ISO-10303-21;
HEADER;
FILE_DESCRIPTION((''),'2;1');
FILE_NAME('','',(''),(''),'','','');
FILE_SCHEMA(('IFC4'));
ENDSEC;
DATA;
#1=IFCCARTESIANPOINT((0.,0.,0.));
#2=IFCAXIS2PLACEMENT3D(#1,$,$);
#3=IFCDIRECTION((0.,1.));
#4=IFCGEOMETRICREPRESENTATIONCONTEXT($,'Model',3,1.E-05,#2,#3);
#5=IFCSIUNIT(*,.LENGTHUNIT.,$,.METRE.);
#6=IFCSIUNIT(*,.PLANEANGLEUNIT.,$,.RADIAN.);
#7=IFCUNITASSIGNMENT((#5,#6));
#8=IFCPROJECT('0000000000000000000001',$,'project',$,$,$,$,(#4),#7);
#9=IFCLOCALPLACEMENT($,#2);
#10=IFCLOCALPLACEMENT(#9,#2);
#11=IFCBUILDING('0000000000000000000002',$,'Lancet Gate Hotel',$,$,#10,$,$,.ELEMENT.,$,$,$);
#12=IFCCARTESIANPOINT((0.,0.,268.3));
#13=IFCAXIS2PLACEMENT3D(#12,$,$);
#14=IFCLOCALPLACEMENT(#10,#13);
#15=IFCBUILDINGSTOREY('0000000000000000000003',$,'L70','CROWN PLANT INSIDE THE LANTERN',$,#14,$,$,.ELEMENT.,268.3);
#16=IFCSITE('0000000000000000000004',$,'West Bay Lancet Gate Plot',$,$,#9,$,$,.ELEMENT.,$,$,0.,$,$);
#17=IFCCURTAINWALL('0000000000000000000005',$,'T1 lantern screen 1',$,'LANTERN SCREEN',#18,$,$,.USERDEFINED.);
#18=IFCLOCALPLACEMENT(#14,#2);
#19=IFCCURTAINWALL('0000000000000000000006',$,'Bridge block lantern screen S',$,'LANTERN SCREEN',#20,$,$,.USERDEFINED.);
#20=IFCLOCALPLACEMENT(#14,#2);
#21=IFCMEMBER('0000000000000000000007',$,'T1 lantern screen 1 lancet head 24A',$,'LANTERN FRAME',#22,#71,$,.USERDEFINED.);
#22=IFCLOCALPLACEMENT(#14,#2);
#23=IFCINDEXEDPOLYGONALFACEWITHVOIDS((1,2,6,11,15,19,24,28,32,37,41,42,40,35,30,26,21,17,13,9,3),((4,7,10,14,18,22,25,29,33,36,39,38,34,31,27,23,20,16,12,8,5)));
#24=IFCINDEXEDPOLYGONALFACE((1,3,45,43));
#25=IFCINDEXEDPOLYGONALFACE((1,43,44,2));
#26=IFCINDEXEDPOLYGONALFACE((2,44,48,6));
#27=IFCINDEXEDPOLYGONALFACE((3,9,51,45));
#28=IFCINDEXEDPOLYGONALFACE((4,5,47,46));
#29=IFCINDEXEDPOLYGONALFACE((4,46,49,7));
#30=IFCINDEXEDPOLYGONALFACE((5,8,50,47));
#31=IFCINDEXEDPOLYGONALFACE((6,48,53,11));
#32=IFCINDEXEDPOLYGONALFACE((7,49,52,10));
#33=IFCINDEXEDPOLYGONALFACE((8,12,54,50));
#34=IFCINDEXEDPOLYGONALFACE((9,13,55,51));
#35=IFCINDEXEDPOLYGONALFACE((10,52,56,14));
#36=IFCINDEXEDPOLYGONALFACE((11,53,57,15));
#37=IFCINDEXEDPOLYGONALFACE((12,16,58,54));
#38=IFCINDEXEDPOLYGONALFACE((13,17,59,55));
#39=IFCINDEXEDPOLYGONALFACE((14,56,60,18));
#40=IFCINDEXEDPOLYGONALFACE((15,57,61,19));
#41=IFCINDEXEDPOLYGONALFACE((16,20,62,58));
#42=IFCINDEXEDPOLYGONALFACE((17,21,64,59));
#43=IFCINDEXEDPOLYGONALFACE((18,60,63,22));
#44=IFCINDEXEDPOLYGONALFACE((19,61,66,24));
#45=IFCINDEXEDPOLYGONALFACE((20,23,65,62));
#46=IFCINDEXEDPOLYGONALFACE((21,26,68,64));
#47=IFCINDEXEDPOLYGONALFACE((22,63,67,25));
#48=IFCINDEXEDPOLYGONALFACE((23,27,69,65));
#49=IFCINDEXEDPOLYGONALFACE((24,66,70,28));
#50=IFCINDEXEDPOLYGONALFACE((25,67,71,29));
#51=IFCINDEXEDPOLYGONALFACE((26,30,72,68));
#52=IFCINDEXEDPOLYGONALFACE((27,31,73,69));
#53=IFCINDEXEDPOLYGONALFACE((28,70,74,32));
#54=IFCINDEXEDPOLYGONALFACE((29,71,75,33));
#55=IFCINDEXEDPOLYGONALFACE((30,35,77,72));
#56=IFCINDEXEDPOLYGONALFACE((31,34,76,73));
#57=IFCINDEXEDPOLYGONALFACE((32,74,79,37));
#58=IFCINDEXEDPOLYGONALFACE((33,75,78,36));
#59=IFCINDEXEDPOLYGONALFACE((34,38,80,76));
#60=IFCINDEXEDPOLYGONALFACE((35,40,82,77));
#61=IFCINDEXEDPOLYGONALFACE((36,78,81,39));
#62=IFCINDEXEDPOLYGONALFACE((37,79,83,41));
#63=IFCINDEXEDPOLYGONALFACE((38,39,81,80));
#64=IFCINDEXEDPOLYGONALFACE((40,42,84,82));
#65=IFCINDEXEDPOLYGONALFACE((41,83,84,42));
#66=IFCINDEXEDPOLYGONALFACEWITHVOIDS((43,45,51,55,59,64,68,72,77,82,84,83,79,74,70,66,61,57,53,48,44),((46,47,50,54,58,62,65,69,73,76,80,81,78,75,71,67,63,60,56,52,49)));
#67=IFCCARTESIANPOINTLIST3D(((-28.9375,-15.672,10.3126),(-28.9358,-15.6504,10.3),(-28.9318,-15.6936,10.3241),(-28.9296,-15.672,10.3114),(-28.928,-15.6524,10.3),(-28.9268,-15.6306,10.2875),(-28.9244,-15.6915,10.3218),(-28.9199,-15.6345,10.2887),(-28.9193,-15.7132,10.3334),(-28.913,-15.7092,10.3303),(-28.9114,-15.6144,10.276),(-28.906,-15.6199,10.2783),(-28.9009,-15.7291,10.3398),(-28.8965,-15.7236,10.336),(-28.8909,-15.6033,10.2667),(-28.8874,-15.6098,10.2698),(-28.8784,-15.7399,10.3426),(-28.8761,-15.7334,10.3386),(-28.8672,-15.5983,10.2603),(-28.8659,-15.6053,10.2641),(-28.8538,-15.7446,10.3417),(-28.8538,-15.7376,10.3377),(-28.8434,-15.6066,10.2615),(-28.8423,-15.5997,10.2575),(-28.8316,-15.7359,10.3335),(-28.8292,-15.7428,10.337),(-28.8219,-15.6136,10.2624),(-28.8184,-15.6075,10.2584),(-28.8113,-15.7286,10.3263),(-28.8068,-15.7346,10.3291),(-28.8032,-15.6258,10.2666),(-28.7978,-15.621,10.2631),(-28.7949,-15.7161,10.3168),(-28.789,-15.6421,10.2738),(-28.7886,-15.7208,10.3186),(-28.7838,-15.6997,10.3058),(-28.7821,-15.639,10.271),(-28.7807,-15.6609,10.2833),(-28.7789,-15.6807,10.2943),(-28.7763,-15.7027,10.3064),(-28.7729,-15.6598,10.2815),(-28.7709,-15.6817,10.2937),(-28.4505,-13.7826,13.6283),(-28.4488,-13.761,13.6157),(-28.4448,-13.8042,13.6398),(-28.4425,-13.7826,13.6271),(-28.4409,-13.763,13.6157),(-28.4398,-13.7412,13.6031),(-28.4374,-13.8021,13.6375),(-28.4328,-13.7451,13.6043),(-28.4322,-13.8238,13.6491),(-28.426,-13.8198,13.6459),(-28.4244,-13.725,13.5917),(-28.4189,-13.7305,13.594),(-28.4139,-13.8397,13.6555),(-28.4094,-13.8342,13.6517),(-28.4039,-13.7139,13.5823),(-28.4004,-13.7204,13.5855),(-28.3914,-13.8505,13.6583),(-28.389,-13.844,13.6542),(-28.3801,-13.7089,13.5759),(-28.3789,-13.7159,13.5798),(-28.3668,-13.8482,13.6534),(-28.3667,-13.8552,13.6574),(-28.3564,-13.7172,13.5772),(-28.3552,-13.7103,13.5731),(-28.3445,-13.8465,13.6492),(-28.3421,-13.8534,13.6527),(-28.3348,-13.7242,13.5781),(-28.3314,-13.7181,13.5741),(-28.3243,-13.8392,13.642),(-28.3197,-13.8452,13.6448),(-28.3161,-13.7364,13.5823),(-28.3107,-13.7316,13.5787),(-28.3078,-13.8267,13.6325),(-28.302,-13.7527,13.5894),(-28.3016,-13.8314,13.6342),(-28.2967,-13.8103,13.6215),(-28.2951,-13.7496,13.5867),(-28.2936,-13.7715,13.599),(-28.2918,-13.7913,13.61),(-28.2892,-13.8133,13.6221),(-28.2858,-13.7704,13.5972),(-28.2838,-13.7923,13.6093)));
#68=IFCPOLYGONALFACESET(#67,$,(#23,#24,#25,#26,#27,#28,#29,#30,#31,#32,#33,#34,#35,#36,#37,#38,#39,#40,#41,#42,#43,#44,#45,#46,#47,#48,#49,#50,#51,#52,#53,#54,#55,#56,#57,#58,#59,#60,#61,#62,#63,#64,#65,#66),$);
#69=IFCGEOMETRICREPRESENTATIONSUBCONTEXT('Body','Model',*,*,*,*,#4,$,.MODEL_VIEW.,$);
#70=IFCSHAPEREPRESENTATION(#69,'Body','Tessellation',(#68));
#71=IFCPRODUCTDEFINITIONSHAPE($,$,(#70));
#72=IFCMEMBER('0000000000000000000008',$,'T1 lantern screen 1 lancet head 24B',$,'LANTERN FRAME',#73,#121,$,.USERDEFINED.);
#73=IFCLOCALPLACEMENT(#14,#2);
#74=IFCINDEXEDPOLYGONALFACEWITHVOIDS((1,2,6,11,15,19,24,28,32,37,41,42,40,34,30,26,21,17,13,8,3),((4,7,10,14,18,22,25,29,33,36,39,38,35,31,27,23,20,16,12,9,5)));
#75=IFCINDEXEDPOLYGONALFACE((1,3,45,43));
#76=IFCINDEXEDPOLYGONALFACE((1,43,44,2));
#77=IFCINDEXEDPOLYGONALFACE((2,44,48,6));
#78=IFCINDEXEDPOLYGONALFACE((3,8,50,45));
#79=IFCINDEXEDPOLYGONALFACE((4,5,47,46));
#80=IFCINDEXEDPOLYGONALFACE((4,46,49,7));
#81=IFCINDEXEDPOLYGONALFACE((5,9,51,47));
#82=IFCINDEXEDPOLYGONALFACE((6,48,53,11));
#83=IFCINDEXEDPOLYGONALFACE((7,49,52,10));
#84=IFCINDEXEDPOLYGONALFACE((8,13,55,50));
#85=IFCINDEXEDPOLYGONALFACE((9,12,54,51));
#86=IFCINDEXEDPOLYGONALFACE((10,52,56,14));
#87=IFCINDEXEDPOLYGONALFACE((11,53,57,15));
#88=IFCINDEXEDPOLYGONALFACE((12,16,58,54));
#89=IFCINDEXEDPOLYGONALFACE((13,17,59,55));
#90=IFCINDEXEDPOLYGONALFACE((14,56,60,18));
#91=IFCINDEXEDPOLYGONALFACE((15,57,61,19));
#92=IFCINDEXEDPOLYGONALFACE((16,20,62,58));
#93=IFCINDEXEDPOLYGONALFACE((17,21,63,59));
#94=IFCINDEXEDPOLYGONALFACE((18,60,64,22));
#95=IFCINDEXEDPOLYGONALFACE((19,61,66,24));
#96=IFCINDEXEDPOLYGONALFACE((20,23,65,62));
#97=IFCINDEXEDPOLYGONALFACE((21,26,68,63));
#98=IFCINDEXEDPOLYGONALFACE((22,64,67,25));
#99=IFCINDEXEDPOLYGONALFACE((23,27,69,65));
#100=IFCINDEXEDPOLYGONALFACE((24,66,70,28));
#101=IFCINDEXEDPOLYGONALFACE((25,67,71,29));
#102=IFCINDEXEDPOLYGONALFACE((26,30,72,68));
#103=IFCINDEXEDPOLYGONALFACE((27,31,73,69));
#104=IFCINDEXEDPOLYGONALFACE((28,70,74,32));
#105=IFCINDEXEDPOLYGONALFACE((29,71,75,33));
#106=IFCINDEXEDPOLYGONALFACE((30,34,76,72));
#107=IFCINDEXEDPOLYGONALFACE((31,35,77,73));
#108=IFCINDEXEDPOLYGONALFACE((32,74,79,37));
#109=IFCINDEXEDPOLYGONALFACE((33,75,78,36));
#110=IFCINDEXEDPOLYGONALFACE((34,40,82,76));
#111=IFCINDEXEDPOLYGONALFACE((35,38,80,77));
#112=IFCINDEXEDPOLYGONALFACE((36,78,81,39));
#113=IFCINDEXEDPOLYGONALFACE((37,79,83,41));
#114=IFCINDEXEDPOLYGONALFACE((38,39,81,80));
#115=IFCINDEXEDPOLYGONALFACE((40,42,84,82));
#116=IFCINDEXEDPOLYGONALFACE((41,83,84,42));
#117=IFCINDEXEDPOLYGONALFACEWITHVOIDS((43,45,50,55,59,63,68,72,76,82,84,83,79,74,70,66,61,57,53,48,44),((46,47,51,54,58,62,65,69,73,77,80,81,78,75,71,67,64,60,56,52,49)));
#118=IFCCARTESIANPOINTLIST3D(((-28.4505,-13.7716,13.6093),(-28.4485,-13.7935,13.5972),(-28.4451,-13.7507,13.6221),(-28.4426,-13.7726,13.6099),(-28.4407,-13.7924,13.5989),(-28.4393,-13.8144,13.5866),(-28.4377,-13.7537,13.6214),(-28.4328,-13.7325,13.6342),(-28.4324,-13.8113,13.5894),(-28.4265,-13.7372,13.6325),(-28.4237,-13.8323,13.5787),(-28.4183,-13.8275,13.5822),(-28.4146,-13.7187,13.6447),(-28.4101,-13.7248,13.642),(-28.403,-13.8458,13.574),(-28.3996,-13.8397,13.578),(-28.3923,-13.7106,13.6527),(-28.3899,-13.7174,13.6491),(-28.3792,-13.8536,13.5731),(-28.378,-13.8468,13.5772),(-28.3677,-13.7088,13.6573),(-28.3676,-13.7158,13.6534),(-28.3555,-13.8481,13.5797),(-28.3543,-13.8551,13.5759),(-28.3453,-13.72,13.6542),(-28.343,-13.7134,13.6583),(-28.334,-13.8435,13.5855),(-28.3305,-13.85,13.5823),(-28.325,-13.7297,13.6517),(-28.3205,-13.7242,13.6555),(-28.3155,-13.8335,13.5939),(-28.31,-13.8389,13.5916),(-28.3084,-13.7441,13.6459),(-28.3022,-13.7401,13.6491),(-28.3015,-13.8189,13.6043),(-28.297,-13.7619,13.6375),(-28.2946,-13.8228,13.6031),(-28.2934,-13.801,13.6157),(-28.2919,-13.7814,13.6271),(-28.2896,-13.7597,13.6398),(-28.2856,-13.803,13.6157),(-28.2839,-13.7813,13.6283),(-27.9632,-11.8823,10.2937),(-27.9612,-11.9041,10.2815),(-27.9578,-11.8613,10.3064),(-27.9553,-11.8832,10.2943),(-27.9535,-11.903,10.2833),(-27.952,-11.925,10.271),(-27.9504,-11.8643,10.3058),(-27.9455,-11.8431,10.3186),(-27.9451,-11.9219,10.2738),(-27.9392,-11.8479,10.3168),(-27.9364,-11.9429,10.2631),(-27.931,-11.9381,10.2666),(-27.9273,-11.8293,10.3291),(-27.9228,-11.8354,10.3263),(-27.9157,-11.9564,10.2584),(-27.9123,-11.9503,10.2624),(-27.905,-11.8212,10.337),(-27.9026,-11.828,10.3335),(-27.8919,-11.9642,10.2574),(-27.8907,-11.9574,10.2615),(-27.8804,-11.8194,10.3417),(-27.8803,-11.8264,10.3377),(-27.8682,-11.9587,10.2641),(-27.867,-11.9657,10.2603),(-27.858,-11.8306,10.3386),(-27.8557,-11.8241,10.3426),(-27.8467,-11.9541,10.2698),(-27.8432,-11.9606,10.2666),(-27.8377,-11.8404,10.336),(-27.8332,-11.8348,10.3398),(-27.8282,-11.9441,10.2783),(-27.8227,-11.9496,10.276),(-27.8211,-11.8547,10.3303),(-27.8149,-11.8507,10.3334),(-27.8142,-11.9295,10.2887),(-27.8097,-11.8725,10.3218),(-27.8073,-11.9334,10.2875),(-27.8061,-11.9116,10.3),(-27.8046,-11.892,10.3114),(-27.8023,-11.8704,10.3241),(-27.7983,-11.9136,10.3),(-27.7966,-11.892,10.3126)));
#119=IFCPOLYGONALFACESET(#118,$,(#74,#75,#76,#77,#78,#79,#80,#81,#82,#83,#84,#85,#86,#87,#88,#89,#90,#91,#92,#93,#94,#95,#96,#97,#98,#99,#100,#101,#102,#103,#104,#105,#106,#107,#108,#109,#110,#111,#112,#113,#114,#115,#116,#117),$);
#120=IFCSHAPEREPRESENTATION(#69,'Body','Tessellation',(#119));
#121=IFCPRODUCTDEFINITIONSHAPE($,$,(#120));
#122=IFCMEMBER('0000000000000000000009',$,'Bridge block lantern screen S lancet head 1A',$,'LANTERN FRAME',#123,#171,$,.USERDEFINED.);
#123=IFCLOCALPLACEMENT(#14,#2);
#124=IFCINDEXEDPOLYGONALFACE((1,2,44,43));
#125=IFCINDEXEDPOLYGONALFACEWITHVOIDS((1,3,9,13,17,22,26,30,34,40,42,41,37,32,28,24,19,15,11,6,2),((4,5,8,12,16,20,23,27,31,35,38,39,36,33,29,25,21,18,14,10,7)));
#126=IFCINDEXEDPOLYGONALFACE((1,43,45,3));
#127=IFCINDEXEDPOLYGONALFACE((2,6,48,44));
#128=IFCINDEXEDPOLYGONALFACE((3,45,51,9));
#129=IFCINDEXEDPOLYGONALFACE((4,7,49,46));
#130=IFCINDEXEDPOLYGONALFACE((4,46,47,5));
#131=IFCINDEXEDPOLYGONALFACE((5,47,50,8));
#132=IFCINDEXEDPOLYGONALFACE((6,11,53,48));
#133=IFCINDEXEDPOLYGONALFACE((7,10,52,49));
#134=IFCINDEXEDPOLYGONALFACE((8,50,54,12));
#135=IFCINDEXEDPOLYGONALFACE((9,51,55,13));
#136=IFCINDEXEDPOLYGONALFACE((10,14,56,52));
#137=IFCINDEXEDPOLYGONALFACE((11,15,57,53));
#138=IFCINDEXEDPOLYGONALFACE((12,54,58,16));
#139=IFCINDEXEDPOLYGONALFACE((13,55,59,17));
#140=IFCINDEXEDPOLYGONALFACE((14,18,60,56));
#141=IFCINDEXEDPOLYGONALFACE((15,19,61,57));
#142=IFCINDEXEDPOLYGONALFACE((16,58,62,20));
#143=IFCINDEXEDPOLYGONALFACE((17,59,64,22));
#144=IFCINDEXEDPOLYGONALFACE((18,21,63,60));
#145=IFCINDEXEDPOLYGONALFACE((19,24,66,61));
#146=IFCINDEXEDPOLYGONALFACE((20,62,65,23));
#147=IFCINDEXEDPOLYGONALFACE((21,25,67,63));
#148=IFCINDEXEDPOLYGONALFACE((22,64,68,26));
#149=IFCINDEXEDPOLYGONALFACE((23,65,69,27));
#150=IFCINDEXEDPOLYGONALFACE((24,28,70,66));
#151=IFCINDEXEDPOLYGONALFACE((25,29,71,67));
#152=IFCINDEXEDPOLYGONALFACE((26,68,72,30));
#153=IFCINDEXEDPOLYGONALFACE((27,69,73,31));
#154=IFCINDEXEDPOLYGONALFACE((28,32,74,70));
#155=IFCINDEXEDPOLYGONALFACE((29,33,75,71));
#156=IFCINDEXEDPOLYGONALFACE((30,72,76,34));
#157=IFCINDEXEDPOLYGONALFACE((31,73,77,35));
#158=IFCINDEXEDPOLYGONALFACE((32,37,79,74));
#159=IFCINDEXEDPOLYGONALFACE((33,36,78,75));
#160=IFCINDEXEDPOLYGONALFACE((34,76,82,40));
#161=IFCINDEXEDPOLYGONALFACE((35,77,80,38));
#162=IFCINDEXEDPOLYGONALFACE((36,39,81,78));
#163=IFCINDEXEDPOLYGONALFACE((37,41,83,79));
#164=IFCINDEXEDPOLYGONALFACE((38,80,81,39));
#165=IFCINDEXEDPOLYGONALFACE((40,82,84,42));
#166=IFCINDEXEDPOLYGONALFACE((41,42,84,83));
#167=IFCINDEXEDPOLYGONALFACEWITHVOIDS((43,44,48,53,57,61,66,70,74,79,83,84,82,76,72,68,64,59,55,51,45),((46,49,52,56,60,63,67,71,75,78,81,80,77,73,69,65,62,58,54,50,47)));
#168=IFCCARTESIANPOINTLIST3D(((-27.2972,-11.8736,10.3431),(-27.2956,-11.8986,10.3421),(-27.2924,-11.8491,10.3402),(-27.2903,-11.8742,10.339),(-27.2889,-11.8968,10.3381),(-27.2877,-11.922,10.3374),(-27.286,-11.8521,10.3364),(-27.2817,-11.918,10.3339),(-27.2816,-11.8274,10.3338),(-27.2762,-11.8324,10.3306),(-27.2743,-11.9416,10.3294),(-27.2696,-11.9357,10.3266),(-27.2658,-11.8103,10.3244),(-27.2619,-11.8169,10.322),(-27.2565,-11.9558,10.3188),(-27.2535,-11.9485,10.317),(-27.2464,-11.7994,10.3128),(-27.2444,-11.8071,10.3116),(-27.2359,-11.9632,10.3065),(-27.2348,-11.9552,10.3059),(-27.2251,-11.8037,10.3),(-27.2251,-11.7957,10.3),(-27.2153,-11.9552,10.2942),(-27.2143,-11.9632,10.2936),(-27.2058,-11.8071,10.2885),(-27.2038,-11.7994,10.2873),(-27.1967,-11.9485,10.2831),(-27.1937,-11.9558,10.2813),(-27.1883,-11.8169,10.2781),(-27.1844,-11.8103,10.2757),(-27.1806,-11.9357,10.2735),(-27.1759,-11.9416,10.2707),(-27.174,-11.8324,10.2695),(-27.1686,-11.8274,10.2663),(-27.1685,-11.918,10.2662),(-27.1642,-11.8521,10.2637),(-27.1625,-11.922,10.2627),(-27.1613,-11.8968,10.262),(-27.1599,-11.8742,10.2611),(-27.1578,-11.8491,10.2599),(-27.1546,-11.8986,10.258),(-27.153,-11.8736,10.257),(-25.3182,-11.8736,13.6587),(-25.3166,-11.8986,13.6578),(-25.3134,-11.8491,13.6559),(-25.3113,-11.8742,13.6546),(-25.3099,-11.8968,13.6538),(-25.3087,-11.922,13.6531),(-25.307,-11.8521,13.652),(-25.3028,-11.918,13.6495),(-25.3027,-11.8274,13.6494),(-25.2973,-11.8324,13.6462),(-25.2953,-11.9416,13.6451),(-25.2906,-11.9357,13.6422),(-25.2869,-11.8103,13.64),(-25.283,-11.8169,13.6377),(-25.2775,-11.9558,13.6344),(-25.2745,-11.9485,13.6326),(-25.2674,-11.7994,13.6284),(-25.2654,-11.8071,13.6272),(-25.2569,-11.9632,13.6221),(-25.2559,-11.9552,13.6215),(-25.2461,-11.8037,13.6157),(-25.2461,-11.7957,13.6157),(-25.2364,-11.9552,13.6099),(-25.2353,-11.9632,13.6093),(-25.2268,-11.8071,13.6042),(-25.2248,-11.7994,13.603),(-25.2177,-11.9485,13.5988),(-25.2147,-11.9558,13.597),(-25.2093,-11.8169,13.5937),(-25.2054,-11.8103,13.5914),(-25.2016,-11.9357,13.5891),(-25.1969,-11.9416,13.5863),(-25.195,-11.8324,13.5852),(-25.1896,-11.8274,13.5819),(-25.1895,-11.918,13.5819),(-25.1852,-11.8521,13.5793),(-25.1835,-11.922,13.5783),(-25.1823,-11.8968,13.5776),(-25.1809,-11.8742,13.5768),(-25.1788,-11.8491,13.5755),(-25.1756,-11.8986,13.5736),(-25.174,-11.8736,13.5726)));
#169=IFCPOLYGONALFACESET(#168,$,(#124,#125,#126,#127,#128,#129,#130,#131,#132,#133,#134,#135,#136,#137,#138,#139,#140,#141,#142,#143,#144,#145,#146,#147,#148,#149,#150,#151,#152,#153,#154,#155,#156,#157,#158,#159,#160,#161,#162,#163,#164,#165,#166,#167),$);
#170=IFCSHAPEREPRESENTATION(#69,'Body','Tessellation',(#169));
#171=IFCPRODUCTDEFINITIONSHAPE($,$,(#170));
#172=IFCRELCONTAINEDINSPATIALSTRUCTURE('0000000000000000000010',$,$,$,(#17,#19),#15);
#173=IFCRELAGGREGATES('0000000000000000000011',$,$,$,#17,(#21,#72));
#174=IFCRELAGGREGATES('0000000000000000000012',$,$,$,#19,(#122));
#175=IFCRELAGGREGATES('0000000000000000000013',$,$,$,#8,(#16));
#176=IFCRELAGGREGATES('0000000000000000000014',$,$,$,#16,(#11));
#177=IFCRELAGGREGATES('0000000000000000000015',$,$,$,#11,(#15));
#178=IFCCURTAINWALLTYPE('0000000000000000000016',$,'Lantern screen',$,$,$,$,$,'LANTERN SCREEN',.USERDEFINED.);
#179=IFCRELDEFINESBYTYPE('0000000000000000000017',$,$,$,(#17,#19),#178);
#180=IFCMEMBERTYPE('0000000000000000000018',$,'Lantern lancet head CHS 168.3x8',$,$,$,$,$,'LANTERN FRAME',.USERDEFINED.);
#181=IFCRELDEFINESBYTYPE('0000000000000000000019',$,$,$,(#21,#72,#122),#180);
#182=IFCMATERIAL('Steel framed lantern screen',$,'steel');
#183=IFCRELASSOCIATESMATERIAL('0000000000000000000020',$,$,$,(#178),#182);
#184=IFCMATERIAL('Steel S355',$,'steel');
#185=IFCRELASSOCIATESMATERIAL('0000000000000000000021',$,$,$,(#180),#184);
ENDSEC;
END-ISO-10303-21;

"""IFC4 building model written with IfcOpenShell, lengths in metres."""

from ifc_helpers import new_model, si_unit, direction, frame, origin, origin_2d, place, context, subcontext, project, spatial, hollow_circle, extrude, material, material_profile, profile_set, type_object, element, aggregate, save


model = new_model("IFC4")

# Units and contexts
model_context = context("Model", 3, precision=1e-05, world=origin(), true_north=direction((0.0, 1.0)))
body_context = subcontext(model_context, "Body", "Model", "MODEL_VIEW")
ifc_project = project(units=[si_unit("LENGTHUNIT", "METRE"), si_unit("PLANEANGLEUNIT", "RADIAN")], contexts=[model_context])

# Site, building, storey
site_placement = place(None, origin())
site = spatial("IfcSite", under=ifc_project, at=site_placement, Name="West Bay Lancet Gate Plot", CompositionType="ELEMENT", RefElevation=0.0)
building_placement = place(site_placement, origin())
building = spatial("IfcBuilding", under=site, at=building_placement, Name="Lancet Gate Hotel", CompositionType="ELEMENT")
storey_placement = place(building_placement, frame((0.0, 0.0, 268.3)))
storey = spatial("IfcBuildingStorey", under=building, at=storey_placement, Name="L70", Description="CROWN PLANT INSIDE THE LANTERN", CompositionType="ELEMENT", Elevation=268.3)

# Curtain wall
ifc_material_1 = material(Name="Steel framed lantern screen", Category="steel")
curtain_wall_type = type_object("IfcCurtainWallType", Name="Lantern screen", ElementType="LANTERN SCREEN", PredefinedType="USERDEFINED", material=ifc_material_1)
curtain_wall_1_placement = place(storey_placement, origin())
curtain_wall_1 = element("IfcCurtainWall", 1, at=curtain_wall_1_placement, inside=storey, type_object=curtain_wall_type, Name="T1 lantern screen 1", ObjectType="LANTERN SCREEN", PredefinedType="USERDEFINED")

# Curtain wall
curtain_wall_2_placement = place(storey_placement, origin())
curtain_wall_2 = element("IfcCurtainWall", 2, at=curtain_wall_2_placement, inside=storey, type_object=curtain_wall_type, Name="Bridge block lantern screen S", ObjectType="LANTERN SCREEN", PredefinedType="USERDEFINED")

# Members
ifc_material_2 = material(Name="Steel S355", Category="steel")
ifc_material_profile_1 = material_profile(ifc_material_2, hollow_circle(Radius=0.0842, WallThickness=0.0081, at=origin_2d()), Name="CHS 168.3x8.0")
ifc_profile_set_1 = profile_set([ifc_material_profile_1], Name="Steel S355")
member_type_1 = type_object("IfcMemberType", Name="Lantern lancet head CHS 168.3x8", ElementType="LANTERN FRAME", PredefinedType="USERDEFINED", material=ifc_profile_set_1)
member_1_placement = place(storey_placement, frame((-28.8542, -15.6714, 10.3), z_axis=(0.126602, 0.491114, 0.861846), x_axis=(-0.968343, 0.249624, 0.0)))
member_1 = element("IfcMember", 3, at=member_1_placement, type_object=member_type_1, Name="T1 lantern screen 1 lancet head 24A", ObjectType="LANTERN FRAME", PredefinedType="USERDEFINED", context=body_context, shape_type="SweptSolid", body=[
    extrude(hollow_circle(Radius=0.0842, WallThickness=0.0081, at=origin_2d()), origin(), (0.0, 0.0, 1.0), 3.8472),
])
member_2_placement = place(storey_placement, frame((-27.8799, -11.8926, 10.3), z_axis=(-0.126665, -0.491111, 0.861839), x_axis=(0.968312, -0.249742, 0.0)))
member_2 = element("IfcMember", 4, at=member_2_placement, type_object=member_type_1, Name="T1 lantern screen 1 lancet head 24B", ObjectType="LANTERN FRAME", PredefinedType="USERDEFINED", context=body_context, shape_type="SweptSolid", body=[
    extrude(hollow_circle(Radius=0.0842, WallThickness=0.0081, at=origin_2d()), origin(), (0.0, 0.0, 1.0), 3.8472),
])
member_3_placement = place(storey_placement, frame((-27.2251, -11.8799, 10.3), z_axis=(0.512514, 0.0, 0.858679), x_axis=(0.0, 1.0, 0.0)))
member_3 = element("IfcMember", 5, at=member_3_placement, type_object=member_type_1, Name="Bridge block lantern screen S lancet head 1A", ObjectType="LANTERN FRAME", PredefinedType="USERDEFINED", context=body_context, shape_type="SweptSolid", body=[
    extrude(hollow_circle(Radius=0.0842, WallThickness=0.0081, at=origin_2d()), origin(), (0.0, 0.0, 1.0), 3.8613),
])

aggregate(curtain_wall_1, [member_1, member_2])
aggregate(curtain_wall_2, [member_3])

save(model, "model.ifc")
